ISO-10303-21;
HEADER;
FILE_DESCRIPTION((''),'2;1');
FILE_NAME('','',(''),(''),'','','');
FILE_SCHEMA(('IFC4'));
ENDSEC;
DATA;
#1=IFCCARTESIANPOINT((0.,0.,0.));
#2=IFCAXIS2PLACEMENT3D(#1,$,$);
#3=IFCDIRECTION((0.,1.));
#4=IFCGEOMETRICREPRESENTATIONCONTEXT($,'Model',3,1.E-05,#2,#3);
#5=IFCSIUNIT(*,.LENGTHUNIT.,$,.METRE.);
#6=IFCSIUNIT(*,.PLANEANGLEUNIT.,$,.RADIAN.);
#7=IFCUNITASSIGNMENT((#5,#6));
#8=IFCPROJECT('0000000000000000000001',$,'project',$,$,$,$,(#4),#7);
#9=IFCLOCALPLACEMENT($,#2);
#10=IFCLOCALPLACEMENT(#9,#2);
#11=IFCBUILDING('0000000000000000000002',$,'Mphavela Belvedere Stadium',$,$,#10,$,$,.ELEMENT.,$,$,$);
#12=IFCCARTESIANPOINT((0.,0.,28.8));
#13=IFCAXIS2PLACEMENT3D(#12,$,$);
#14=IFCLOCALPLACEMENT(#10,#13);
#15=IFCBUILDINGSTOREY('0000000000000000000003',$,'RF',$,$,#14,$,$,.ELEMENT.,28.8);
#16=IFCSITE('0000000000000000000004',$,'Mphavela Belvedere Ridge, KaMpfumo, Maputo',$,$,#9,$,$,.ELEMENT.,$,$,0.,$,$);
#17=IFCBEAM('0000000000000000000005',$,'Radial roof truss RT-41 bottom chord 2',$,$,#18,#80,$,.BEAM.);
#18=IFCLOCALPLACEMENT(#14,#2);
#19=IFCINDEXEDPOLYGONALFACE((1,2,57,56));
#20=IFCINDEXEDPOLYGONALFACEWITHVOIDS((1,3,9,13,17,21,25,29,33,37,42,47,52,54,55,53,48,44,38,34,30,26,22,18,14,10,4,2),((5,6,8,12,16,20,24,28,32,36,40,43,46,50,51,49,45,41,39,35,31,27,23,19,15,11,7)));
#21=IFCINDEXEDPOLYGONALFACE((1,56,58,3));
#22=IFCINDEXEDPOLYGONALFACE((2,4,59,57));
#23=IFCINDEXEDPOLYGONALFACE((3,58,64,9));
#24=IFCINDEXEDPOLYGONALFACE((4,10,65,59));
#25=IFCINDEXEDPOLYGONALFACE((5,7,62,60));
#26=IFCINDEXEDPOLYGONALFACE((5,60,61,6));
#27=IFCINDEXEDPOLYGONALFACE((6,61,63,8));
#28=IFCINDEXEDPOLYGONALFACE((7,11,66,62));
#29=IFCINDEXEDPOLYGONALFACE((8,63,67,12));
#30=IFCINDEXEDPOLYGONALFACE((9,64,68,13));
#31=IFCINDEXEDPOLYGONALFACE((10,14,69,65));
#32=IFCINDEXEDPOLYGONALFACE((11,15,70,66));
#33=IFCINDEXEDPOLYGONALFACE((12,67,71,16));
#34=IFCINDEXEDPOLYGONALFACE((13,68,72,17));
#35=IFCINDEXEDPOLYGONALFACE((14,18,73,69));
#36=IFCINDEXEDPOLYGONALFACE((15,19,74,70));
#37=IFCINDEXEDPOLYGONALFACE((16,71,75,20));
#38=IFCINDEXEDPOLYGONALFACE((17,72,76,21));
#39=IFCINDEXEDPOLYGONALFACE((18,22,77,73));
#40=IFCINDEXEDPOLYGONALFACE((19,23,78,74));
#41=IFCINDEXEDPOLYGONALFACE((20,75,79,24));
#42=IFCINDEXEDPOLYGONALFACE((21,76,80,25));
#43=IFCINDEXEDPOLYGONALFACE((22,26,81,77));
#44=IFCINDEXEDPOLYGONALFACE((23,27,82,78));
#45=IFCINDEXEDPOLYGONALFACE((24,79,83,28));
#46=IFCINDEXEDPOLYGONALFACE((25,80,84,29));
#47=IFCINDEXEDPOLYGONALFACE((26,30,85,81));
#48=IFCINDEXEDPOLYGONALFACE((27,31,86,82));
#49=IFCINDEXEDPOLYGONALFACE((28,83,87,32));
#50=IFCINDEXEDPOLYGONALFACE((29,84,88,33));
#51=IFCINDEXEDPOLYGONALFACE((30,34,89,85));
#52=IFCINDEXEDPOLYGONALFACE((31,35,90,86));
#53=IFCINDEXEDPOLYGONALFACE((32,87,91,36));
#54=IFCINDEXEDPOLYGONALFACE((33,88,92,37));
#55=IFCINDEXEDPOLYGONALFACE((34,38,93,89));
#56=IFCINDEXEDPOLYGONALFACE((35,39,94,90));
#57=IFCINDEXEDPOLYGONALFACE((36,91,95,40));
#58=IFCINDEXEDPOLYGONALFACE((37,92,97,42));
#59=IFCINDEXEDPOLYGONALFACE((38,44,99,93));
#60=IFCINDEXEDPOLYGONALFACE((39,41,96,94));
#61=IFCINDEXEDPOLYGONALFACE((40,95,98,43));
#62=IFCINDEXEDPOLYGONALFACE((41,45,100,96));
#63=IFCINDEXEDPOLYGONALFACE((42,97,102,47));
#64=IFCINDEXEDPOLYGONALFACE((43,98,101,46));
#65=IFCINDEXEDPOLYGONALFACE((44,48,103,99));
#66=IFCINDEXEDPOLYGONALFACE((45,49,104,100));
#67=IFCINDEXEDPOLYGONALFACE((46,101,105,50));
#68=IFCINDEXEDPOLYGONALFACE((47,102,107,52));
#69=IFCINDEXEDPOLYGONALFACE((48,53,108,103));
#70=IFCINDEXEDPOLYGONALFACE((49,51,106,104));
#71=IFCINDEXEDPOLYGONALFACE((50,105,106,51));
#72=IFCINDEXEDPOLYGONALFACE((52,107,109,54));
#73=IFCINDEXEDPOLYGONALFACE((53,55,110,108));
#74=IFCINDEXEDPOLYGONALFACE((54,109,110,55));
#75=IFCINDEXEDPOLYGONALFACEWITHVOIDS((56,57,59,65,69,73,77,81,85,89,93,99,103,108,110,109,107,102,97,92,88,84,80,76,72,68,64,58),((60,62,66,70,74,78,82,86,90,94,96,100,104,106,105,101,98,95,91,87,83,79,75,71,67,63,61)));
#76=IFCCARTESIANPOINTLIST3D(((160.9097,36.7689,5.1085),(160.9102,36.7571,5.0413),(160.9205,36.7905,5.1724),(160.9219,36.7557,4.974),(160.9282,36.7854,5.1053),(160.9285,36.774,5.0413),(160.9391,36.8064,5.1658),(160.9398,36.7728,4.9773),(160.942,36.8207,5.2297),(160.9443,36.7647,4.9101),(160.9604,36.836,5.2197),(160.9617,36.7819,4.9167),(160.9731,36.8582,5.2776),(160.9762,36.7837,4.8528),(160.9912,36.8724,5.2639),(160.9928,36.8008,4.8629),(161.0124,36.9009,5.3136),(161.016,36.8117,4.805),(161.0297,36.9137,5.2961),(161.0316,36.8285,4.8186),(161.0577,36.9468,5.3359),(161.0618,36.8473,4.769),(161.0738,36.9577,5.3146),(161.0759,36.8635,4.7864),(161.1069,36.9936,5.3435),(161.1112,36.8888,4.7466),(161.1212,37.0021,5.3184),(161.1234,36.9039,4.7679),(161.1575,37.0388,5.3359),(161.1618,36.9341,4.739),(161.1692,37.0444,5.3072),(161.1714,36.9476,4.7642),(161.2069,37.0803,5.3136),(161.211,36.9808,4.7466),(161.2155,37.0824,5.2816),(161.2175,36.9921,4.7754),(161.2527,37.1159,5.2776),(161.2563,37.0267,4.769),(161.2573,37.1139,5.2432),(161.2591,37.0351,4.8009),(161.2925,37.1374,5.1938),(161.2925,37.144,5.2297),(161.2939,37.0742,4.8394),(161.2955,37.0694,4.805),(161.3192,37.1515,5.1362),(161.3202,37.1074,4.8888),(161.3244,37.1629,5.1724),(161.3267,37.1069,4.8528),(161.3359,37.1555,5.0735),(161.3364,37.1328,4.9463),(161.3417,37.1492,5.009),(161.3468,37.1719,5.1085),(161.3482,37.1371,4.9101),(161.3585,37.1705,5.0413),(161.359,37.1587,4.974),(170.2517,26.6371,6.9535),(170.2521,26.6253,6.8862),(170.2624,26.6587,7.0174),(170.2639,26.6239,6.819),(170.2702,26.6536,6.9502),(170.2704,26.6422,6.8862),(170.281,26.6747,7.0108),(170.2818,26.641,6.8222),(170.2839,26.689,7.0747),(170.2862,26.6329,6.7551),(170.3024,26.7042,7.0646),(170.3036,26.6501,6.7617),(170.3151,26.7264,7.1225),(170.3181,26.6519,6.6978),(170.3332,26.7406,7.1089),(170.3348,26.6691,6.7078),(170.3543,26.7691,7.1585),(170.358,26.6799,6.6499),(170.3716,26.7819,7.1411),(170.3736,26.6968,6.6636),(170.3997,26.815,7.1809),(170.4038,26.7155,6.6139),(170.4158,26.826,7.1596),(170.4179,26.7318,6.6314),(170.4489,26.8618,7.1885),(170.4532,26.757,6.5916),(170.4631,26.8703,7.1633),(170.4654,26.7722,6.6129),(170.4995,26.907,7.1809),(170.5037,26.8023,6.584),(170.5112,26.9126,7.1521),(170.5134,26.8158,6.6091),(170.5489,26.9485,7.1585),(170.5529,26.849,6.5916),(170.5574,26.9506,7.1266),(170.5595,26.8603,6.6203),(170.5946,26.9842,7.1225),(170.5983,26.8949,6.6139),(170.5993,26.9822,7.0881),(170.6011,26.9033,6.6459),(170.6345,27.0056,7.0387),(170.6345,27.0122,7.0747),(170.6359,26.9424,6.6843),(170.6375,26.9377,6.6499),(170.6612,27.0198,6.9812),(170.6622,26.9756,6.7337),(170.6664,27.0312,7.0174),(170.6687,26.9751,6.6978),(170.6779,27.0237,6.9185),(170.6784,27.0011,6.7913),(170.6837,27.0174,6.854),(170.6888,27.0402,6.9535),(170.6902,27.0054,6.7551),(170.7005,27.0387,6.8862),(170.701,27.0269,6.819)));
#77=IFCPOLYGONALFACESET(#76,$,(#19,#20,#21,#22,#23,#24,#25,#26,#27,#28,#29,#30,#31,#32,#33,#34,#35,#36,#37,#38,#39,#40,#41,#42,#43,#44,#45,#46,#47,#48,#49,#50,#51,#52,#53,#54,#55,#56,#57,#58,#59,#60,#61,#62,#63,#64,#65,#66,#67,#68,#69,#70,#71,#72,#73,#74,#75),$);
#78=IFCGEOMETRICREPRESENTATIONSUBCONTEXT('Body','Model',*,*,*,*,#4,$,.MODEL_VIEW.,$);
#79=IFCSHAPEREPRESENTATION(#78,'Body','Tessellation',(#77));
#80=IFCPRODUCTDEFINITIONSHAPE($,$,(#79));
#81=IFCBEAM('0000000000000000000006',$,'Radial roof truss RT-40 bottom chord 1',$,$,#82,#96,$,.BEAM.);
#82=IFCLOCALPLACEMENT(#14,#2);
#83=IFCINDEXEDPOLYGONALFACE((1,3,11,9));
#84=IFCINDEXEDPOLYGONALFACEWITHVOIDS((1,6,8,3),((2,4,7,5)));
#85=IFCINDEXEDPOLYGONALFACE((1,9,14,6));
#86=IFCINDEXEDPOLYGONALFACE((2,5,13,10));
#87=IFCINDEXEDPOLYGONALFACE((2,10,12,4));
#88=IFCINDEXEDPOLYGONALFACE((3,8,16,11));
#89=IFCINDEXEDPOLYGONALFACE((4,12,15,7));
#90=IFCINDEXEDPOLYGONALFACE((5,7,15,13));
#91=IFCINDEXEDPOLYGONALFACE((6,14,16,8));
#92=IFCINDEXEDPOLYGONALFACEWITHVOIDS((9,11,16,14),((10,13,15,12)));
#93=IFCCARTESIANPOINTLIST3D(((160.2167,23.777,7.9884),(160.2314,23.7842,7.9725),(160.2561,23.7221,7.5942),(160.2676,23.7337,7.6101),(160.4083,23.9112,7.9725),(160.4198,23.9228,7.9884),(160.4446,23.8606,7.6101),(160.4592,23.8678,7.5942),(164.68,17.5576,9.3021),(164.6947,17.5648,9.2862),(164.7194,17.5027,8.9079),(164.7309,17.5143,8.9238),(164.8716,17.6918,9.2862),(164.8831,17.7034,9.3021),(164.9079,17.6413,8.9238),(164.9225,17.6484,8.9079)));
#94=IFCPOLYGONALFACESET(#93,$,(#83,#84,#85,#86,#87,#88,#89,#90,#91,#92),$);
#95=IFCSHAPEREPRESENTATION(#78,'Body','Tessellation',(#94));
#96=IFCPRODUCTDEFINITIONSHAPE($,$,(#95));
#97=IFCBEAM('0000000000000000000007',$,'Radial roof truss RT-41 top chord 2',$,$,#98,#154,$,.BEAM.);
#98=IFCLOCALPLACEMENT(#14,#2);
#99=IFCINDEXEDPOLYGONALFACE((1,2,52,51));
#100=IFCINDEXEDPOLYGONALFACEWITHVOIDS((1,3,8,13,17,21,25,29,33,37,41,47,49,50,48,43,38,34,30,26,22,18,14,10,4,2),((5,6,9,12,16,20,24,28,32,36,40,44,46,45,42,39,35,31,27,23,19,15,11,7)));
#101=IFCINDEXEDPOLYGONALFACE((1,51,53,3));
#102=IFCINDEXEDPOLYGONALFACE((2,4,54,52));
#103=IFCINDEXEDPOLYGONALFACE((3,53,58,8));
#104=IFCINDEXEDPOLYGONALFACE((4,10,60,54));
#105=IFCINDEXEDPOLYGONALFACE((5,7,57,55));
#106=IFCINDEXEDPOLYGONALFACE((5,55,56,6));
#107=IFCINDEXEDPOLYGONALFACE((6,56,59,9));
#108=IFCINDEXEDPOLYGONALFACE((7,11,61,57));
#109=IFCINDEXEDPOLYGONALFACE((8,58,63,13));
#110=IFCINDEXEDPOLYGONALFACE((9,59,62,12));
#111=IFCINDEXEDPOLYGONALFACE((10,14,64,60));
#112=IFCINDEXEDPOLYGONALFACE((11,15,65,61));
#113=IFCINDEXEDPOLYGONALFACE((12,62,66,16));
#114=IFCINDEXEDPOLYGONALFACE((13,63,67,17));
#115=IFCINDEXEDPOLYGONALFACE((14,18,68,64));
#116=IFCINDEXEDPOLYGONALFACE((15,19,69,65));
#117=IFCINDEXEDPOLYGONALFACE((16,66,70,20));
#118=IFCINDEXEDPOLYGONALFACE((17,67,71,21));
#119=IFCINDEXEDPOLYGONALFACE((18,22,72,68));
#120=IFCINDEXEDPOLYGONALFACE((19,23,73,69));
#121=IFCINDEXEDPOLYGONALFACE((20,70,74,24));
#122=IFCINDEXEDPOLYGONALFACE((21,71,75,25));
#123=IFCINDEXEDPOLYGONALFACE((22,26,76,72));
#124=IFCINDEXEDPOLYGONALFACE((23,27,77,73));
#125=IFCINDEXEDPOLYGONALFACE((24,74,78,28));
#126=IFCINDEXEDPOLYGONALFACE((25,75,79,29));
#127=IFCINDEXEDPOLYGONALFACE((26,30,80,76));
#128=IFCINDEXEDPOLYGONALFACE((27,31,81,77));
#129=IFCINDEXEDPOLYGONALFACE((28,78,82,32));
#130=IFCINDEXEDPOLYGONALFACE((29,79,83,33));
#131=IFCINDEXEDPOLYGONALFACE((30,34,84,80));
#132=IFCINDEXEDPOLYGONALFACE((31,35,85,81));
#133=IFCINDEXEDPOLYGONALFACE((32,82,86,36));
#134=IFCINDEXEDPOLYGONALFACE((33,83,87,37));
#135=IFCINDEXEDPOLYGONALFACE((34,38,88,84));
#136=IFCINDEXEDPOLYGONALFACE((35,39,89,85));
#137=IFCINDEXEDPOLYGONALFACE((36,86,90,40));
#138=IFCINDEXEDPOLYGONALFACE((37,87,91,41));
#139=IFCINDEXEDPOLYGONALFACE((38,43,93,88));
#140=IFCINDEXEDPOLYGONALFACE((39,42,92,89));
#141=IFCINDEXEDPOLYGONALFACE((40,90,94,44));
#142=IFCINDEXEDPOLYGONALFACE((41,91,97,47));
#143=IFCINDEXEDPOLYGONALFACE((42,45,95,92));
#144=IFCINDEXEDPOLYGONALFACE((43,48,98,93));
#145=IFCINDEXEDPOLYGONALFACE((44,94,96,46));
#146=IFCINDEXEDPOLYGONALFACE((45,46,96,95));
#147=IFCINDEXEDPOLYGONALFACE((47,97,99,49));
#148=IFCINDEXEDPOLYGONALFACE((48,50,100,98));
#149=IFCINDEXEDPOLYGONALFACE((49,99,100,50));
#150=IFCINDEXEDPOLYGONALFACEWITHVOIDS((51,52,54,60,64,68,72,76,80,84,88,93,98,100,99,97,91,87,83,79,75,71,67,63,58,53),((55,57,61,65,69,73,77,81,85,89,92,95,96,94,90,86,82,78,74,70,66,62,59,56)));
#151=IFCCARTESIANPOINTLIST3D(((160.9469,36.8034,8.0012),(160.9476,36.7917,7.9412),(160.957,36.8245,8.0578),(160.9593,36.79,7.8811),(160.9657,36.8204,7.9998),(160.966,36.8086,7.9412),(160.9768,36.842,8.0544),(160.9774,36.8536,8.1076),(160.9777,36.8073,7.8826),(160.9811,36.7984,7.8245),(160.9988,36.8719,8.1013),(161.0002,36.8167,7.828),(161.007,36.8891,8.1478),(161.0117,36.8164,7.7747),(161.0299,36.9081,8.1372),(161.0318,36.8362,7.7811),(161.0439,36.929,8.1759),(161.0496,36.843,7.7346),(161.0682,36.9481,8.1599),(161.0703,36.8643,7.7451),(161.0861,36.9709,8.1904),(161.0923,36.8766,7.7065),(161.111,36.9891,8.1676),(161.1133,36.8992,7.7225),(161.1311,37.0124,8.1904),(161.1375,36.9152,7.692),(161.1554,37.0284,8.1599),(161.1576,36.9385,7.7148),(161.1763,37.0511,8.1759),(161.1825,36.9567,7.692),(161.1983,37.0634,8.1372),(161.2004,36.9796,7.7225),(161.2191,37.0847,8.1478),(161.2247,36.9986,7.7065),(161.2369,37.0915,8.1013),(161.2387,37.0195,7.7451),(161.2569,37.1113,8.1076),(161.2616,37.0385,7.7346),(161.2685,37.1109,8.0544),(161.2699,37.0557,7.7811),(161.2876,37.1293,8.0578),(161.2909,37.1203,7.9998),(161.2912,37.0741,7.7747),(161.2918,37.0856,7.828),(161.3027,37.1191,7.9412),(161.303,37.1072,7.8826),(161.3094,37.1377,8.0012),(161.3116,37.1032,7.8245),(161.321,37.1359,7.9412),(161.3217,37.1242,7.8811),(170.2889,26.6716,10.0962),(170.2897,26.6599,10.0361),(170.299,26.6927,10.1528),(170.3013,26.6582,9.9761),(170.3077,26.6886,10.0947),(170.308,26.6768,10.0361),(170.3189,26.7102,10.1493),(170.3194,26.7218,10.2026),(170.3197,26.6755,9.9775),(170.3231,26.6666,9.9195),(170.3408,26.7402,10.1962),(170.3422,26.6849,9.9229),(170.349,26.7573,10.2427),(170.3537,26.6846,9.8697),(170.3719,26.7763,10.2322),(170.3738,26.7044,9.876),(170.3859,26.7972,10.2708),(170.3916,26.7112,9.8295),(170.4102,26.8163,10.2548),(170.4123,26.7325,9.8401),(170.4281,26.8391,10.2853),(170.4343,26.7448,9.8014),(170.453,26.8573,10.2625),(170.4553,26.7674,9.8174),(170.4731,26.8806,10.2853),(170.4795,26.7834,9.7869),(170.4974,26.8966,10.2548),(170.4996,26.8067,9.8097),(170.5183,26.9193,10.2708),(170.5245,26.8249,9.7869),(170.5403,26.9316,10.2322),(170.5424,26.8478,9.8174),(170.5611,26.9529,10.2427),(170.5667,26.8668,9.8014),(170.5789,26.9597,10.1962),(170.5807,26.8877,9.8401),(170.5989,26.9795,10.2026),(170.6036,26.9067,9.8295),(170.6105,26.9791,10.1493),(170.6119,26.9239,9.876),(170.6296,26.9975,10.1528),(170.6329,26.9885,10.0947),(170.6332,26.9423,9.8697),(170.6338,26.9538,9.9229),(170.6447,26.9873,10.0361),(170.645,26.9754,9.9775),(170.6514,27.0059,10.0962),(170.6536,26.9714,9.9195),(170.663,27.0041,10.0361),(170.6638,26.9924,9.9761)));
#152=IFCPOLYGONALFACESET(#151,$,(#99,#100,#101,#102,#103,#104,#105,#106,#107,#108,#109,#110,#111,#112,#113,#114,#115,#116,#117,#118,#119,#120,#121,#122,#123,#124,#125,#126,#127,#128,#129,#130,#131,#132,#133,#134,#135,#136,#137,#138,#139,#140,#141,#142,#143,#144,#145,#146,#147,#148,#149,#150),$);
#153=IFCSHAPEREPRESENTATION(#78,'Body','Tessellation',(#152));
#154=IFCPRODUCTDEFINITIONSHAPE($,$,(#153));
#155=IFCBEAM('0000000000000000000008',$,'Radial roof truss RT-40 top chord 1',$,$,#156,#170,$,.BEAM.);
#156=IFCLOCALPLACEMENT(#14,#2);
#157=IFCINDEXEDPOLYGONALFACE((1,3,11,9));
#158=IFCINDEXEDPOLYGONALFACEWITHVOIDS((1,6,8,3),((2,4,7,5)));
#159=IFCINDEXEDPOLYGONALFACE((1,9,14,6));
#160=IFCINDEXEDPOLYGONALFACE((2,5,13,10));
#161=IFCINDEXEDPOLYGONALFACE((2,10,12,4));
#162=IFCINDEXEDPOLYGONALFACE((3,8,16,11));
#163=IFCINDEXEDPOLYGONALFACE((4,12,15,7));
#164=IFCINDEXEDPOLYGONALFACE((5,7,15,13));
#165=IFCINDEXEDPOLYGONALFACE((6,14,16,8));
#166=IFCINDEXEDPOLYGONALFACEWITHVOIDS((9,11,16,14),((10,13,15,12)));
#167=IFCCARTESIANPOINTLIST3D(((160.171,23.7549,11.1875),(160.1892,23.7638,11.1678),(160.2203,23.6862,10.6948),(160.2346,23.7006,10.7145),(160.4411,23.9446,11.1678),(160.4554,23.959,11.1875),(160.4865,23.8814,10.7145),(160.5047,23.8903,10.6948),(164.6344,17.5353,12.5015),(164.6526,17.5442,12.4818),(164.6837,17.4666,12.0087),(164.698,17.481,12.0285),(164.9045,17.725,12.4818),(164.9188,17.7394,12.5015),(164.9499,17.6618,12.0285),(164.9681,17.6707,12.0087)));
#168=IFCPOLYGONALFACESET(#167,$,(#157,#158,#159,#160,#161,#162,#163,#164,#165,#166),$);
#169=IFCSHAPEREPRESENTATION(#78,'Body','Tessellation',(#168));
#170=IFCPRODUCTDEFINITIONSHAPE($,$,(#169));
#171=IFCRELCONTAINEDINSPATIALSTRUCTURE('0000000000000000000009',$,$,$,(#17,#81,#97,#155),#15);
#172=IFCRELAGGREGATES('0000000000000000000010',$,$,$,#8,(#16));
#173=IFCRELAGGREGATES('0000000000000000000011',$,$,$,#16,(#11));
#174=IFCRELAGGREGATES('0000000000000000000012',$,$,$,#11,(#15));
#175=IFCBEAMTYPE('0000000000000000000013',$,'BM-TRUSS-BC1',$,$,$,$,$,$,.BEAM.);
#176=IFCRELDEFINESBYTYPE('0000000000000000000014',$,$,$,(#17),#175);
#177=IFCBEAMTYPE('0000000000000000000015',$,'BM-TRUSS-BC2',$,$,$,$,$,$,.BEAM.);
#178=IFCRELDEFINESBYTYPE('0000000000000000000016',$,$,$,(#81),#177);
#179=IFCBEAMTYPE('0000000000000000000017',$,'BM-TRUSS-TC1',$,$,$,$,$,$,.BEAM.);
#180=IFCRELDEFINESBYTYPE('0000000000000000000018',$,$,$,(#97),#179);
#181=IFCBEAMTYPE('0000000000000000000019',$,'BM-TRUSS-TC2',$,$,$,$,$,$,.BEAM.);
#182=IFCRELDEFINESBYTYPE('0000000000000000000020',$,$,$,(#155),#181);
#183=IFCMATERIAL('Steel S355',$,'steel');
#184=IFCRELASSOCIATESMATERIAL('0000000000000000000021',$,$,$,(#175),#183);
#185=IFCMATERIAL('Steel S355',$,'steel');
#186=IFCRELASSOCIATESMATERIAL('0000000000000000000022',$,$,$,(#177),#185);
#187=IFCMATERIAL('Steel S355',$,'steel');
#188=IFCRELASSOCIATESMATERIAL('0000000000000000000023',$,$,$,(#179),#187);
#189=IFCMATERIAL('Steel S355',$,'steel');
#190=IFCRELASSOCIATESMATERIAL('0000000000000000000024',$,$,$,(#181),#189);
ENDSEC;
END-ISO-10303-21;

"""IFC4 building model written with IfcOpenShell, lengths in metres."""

from ifc_helpers import new_model, si_unit, direction, frame, origin, origin_2d, place, context, subcontext, project, spatial, hollow_rectangle, hollow_circle, extrude, material, material_profile, profile_set, type_object, element, save


model = new_model("IFC4")

# Units and contexts
model_context = context("Model", 3, precision=1e-05, world=origin(), true_north=direction((0.0, 1.0)))
body_context = subcontext(model_context, "Body", "Model", "MODEL_VIEW")
ifc_project = project(units=[si_unit("LENGTHUNIT", "METRE"), si_unit("PLANEANGLEUNIT", "RADIAN")], contexts=[model_context])

# Site, building, storey
site_placement = place(None, origin())
site = spatial("IfcSite", under=ifc_project, at=site_placement, Name="Mphavela Belvedere Ridge, KaMpfumo, Maputo", CompositionType="ELEMENT", RefElevation=0.0)
building_placement = place(site_placement, origin())
building = spatial("IfcBuilding", under=site, at=building_placement, Name="Mphavela Belvedere Stadium", CompositionType="ELEMENT")
storey_placement = place(building_placement, frame((0.0, 0.0, 28.8)))
storey = spatial("IfcBuildingStorey", under=building, at=storey_placement, Name="RF", CompositionType="ELEMENT", Elevation=28.8)

# Beams
ifc_material_1 = material(Name="Steel S355", Category="steel")
ifc_material_profile_1 = material_profile(ifc_material_1, hollow_circle(Radius=0.3049, WallThickness=0.0249, at=origin_2d()), Name="CHS 610x25")
ifc_profile_set_1 = profile_set([ifc_material_profile_1], Name="Steel S355")
beam_type_1 = type_object("IfcBeamType", Name="BM-TRUSS-BC1", PredefinedType="BEAM", material=ifc_profile_set_1)
beam_1_placement = place(storey_placement, frame((170.4763, 26.832, 6.8862), z_axis=(-0.671878, 0.72868, -0.13269), x_axis=(-0.73518, -0.677872, 0.0)))
element("IfcBeam", 1, at=beam_1_placement, inside=storey, type_object=beam_type_1, Name="Radial roof truss RT-41 bottom chord 2", PredefinedType="BEAM", context=body_context, shape_type="SweptSolid", body=[
    extrude(hollow_circle(Radius=0.3049, WallThickness=0.0249, at=origin_2d()), origin(), (0.0, 0.0, 1.0), 13.9043),
])
ifc_material_2 = material(Name="Steel S355", Category="steel")
ifc_material_profile_2 = material_profile(ifc_material_2, hollow_rectangle(XDim=0.25, YDim=0.3999, WallThickness=0.0161, at=origin_2d()), Name="RHS 400x250x16")
ifc_profile_set_2 = profile_set([ifc_material_profile_2], Name="Steel S355")
beam_type_2 = type_object("IfcBeamType", Name="BM-TRUSS-BC2", PredefinedType="BEAM", material=ifc_profile_set_2)
beam_2_placement = place(storey_placement, frame((164.8013, 17.603, 9.105), z_axis=(-0.574644, 0.800736, -0.169137), x_axis=(-0.812441, -0.583044, 0.0)))
element("IfcBeam", 2, at=beam_2_placement, inside=storey, type_object=beam_type_2, Name="Radial roof truss RT-40 bottom chord 1", PredefinedType="BEAM", context=body_context, shape_type="SweptSolid", body=[
    extrude(hollow_rectangle(XDim=0.25, YDim=0.3999, WallThickness=0.0161, at=origin_2d()), origin(), (0.0, 0.0, 1.0), 7.7671),
])
ifc_material_3 = material(Name="Steel S355", Category="steel")
ifc_material_profile_3 = material_profile(ifc_material_3, hollow_circle(Radius=0.2539, WallThickness=0.0249, at=origin_2d()), Name="CHS 508x25")
ifc_profile_set_3 = profile_set([ifc_material_profile_3], Name="Steel S355")
beam_type_3 = type_object("IfcBeamType", Name="BM-TRUSS-TC1", PredefinedType="BEAM", material=ifc_profile_set_3)
beam_3_placement = place(storey_placement, frame((170.4763, 26.832, 10.0361), z_axis=(-0.670173, 0.72683, -0.150287), x_axis=(-0.73518, -0.677872, 0.0)))
element("IfcBeam", 3, at=beam_3_placement, inside=storey, type_object=beam_type_3, Name="Radial roof truss RT-41 top chord 2", PredefinedType="BEAM", context=body_context, shape_type="SweptSolid", body=[
    extrude(hollow_circle(Radius=0.2539, WallThickness=0.0249, at=origin_2d()), origin(), (0.0, 0.0, 1.0), 13.9397),
])
ifc_material_4 = material(Name="Steel S355", Category="steel")
ifc_material_profile_4 = material_profile(ifc_material_4, hollow_rectangle(XDim=0.3501, YDim=0.5, WallThickness=0.02, at=origin_2d()), Name="RHS 500x350x20")
ifc_profile_set_4 = profile_set([ifc_material_profile_4], Name="Steel S355")
beam_type_4 = type_object("IfcBeamType", Name="BM-TRUSS-TC2", PredefinedType="BEAM", material=ifc_profile_set_4)
beam_4_placement = place(storey_placement, frame((164.8013, 17.603, 12.2551), z_axis=(-0.574641, 0.800731, -0.169167), x_axis=(-0.812441, -0.583044, 0.0)))
element("IfcBeam", 4, at=beam_4_placement, inside=storey, type_object=beam_type_4, Name="Radial roof truss RT-40 top chord 1", PredefinedType="BEAM", context=body_context, shape_type="SweptSolid", body=[
    extrude(hollow_rectangle(XDim=0.3501, YDim=0.5, WallThickness=0.02, at=origin_2d()), origin(), (0.0, 0.0, 1.0), 7.7673),
])

save(model, "model.ifc")
